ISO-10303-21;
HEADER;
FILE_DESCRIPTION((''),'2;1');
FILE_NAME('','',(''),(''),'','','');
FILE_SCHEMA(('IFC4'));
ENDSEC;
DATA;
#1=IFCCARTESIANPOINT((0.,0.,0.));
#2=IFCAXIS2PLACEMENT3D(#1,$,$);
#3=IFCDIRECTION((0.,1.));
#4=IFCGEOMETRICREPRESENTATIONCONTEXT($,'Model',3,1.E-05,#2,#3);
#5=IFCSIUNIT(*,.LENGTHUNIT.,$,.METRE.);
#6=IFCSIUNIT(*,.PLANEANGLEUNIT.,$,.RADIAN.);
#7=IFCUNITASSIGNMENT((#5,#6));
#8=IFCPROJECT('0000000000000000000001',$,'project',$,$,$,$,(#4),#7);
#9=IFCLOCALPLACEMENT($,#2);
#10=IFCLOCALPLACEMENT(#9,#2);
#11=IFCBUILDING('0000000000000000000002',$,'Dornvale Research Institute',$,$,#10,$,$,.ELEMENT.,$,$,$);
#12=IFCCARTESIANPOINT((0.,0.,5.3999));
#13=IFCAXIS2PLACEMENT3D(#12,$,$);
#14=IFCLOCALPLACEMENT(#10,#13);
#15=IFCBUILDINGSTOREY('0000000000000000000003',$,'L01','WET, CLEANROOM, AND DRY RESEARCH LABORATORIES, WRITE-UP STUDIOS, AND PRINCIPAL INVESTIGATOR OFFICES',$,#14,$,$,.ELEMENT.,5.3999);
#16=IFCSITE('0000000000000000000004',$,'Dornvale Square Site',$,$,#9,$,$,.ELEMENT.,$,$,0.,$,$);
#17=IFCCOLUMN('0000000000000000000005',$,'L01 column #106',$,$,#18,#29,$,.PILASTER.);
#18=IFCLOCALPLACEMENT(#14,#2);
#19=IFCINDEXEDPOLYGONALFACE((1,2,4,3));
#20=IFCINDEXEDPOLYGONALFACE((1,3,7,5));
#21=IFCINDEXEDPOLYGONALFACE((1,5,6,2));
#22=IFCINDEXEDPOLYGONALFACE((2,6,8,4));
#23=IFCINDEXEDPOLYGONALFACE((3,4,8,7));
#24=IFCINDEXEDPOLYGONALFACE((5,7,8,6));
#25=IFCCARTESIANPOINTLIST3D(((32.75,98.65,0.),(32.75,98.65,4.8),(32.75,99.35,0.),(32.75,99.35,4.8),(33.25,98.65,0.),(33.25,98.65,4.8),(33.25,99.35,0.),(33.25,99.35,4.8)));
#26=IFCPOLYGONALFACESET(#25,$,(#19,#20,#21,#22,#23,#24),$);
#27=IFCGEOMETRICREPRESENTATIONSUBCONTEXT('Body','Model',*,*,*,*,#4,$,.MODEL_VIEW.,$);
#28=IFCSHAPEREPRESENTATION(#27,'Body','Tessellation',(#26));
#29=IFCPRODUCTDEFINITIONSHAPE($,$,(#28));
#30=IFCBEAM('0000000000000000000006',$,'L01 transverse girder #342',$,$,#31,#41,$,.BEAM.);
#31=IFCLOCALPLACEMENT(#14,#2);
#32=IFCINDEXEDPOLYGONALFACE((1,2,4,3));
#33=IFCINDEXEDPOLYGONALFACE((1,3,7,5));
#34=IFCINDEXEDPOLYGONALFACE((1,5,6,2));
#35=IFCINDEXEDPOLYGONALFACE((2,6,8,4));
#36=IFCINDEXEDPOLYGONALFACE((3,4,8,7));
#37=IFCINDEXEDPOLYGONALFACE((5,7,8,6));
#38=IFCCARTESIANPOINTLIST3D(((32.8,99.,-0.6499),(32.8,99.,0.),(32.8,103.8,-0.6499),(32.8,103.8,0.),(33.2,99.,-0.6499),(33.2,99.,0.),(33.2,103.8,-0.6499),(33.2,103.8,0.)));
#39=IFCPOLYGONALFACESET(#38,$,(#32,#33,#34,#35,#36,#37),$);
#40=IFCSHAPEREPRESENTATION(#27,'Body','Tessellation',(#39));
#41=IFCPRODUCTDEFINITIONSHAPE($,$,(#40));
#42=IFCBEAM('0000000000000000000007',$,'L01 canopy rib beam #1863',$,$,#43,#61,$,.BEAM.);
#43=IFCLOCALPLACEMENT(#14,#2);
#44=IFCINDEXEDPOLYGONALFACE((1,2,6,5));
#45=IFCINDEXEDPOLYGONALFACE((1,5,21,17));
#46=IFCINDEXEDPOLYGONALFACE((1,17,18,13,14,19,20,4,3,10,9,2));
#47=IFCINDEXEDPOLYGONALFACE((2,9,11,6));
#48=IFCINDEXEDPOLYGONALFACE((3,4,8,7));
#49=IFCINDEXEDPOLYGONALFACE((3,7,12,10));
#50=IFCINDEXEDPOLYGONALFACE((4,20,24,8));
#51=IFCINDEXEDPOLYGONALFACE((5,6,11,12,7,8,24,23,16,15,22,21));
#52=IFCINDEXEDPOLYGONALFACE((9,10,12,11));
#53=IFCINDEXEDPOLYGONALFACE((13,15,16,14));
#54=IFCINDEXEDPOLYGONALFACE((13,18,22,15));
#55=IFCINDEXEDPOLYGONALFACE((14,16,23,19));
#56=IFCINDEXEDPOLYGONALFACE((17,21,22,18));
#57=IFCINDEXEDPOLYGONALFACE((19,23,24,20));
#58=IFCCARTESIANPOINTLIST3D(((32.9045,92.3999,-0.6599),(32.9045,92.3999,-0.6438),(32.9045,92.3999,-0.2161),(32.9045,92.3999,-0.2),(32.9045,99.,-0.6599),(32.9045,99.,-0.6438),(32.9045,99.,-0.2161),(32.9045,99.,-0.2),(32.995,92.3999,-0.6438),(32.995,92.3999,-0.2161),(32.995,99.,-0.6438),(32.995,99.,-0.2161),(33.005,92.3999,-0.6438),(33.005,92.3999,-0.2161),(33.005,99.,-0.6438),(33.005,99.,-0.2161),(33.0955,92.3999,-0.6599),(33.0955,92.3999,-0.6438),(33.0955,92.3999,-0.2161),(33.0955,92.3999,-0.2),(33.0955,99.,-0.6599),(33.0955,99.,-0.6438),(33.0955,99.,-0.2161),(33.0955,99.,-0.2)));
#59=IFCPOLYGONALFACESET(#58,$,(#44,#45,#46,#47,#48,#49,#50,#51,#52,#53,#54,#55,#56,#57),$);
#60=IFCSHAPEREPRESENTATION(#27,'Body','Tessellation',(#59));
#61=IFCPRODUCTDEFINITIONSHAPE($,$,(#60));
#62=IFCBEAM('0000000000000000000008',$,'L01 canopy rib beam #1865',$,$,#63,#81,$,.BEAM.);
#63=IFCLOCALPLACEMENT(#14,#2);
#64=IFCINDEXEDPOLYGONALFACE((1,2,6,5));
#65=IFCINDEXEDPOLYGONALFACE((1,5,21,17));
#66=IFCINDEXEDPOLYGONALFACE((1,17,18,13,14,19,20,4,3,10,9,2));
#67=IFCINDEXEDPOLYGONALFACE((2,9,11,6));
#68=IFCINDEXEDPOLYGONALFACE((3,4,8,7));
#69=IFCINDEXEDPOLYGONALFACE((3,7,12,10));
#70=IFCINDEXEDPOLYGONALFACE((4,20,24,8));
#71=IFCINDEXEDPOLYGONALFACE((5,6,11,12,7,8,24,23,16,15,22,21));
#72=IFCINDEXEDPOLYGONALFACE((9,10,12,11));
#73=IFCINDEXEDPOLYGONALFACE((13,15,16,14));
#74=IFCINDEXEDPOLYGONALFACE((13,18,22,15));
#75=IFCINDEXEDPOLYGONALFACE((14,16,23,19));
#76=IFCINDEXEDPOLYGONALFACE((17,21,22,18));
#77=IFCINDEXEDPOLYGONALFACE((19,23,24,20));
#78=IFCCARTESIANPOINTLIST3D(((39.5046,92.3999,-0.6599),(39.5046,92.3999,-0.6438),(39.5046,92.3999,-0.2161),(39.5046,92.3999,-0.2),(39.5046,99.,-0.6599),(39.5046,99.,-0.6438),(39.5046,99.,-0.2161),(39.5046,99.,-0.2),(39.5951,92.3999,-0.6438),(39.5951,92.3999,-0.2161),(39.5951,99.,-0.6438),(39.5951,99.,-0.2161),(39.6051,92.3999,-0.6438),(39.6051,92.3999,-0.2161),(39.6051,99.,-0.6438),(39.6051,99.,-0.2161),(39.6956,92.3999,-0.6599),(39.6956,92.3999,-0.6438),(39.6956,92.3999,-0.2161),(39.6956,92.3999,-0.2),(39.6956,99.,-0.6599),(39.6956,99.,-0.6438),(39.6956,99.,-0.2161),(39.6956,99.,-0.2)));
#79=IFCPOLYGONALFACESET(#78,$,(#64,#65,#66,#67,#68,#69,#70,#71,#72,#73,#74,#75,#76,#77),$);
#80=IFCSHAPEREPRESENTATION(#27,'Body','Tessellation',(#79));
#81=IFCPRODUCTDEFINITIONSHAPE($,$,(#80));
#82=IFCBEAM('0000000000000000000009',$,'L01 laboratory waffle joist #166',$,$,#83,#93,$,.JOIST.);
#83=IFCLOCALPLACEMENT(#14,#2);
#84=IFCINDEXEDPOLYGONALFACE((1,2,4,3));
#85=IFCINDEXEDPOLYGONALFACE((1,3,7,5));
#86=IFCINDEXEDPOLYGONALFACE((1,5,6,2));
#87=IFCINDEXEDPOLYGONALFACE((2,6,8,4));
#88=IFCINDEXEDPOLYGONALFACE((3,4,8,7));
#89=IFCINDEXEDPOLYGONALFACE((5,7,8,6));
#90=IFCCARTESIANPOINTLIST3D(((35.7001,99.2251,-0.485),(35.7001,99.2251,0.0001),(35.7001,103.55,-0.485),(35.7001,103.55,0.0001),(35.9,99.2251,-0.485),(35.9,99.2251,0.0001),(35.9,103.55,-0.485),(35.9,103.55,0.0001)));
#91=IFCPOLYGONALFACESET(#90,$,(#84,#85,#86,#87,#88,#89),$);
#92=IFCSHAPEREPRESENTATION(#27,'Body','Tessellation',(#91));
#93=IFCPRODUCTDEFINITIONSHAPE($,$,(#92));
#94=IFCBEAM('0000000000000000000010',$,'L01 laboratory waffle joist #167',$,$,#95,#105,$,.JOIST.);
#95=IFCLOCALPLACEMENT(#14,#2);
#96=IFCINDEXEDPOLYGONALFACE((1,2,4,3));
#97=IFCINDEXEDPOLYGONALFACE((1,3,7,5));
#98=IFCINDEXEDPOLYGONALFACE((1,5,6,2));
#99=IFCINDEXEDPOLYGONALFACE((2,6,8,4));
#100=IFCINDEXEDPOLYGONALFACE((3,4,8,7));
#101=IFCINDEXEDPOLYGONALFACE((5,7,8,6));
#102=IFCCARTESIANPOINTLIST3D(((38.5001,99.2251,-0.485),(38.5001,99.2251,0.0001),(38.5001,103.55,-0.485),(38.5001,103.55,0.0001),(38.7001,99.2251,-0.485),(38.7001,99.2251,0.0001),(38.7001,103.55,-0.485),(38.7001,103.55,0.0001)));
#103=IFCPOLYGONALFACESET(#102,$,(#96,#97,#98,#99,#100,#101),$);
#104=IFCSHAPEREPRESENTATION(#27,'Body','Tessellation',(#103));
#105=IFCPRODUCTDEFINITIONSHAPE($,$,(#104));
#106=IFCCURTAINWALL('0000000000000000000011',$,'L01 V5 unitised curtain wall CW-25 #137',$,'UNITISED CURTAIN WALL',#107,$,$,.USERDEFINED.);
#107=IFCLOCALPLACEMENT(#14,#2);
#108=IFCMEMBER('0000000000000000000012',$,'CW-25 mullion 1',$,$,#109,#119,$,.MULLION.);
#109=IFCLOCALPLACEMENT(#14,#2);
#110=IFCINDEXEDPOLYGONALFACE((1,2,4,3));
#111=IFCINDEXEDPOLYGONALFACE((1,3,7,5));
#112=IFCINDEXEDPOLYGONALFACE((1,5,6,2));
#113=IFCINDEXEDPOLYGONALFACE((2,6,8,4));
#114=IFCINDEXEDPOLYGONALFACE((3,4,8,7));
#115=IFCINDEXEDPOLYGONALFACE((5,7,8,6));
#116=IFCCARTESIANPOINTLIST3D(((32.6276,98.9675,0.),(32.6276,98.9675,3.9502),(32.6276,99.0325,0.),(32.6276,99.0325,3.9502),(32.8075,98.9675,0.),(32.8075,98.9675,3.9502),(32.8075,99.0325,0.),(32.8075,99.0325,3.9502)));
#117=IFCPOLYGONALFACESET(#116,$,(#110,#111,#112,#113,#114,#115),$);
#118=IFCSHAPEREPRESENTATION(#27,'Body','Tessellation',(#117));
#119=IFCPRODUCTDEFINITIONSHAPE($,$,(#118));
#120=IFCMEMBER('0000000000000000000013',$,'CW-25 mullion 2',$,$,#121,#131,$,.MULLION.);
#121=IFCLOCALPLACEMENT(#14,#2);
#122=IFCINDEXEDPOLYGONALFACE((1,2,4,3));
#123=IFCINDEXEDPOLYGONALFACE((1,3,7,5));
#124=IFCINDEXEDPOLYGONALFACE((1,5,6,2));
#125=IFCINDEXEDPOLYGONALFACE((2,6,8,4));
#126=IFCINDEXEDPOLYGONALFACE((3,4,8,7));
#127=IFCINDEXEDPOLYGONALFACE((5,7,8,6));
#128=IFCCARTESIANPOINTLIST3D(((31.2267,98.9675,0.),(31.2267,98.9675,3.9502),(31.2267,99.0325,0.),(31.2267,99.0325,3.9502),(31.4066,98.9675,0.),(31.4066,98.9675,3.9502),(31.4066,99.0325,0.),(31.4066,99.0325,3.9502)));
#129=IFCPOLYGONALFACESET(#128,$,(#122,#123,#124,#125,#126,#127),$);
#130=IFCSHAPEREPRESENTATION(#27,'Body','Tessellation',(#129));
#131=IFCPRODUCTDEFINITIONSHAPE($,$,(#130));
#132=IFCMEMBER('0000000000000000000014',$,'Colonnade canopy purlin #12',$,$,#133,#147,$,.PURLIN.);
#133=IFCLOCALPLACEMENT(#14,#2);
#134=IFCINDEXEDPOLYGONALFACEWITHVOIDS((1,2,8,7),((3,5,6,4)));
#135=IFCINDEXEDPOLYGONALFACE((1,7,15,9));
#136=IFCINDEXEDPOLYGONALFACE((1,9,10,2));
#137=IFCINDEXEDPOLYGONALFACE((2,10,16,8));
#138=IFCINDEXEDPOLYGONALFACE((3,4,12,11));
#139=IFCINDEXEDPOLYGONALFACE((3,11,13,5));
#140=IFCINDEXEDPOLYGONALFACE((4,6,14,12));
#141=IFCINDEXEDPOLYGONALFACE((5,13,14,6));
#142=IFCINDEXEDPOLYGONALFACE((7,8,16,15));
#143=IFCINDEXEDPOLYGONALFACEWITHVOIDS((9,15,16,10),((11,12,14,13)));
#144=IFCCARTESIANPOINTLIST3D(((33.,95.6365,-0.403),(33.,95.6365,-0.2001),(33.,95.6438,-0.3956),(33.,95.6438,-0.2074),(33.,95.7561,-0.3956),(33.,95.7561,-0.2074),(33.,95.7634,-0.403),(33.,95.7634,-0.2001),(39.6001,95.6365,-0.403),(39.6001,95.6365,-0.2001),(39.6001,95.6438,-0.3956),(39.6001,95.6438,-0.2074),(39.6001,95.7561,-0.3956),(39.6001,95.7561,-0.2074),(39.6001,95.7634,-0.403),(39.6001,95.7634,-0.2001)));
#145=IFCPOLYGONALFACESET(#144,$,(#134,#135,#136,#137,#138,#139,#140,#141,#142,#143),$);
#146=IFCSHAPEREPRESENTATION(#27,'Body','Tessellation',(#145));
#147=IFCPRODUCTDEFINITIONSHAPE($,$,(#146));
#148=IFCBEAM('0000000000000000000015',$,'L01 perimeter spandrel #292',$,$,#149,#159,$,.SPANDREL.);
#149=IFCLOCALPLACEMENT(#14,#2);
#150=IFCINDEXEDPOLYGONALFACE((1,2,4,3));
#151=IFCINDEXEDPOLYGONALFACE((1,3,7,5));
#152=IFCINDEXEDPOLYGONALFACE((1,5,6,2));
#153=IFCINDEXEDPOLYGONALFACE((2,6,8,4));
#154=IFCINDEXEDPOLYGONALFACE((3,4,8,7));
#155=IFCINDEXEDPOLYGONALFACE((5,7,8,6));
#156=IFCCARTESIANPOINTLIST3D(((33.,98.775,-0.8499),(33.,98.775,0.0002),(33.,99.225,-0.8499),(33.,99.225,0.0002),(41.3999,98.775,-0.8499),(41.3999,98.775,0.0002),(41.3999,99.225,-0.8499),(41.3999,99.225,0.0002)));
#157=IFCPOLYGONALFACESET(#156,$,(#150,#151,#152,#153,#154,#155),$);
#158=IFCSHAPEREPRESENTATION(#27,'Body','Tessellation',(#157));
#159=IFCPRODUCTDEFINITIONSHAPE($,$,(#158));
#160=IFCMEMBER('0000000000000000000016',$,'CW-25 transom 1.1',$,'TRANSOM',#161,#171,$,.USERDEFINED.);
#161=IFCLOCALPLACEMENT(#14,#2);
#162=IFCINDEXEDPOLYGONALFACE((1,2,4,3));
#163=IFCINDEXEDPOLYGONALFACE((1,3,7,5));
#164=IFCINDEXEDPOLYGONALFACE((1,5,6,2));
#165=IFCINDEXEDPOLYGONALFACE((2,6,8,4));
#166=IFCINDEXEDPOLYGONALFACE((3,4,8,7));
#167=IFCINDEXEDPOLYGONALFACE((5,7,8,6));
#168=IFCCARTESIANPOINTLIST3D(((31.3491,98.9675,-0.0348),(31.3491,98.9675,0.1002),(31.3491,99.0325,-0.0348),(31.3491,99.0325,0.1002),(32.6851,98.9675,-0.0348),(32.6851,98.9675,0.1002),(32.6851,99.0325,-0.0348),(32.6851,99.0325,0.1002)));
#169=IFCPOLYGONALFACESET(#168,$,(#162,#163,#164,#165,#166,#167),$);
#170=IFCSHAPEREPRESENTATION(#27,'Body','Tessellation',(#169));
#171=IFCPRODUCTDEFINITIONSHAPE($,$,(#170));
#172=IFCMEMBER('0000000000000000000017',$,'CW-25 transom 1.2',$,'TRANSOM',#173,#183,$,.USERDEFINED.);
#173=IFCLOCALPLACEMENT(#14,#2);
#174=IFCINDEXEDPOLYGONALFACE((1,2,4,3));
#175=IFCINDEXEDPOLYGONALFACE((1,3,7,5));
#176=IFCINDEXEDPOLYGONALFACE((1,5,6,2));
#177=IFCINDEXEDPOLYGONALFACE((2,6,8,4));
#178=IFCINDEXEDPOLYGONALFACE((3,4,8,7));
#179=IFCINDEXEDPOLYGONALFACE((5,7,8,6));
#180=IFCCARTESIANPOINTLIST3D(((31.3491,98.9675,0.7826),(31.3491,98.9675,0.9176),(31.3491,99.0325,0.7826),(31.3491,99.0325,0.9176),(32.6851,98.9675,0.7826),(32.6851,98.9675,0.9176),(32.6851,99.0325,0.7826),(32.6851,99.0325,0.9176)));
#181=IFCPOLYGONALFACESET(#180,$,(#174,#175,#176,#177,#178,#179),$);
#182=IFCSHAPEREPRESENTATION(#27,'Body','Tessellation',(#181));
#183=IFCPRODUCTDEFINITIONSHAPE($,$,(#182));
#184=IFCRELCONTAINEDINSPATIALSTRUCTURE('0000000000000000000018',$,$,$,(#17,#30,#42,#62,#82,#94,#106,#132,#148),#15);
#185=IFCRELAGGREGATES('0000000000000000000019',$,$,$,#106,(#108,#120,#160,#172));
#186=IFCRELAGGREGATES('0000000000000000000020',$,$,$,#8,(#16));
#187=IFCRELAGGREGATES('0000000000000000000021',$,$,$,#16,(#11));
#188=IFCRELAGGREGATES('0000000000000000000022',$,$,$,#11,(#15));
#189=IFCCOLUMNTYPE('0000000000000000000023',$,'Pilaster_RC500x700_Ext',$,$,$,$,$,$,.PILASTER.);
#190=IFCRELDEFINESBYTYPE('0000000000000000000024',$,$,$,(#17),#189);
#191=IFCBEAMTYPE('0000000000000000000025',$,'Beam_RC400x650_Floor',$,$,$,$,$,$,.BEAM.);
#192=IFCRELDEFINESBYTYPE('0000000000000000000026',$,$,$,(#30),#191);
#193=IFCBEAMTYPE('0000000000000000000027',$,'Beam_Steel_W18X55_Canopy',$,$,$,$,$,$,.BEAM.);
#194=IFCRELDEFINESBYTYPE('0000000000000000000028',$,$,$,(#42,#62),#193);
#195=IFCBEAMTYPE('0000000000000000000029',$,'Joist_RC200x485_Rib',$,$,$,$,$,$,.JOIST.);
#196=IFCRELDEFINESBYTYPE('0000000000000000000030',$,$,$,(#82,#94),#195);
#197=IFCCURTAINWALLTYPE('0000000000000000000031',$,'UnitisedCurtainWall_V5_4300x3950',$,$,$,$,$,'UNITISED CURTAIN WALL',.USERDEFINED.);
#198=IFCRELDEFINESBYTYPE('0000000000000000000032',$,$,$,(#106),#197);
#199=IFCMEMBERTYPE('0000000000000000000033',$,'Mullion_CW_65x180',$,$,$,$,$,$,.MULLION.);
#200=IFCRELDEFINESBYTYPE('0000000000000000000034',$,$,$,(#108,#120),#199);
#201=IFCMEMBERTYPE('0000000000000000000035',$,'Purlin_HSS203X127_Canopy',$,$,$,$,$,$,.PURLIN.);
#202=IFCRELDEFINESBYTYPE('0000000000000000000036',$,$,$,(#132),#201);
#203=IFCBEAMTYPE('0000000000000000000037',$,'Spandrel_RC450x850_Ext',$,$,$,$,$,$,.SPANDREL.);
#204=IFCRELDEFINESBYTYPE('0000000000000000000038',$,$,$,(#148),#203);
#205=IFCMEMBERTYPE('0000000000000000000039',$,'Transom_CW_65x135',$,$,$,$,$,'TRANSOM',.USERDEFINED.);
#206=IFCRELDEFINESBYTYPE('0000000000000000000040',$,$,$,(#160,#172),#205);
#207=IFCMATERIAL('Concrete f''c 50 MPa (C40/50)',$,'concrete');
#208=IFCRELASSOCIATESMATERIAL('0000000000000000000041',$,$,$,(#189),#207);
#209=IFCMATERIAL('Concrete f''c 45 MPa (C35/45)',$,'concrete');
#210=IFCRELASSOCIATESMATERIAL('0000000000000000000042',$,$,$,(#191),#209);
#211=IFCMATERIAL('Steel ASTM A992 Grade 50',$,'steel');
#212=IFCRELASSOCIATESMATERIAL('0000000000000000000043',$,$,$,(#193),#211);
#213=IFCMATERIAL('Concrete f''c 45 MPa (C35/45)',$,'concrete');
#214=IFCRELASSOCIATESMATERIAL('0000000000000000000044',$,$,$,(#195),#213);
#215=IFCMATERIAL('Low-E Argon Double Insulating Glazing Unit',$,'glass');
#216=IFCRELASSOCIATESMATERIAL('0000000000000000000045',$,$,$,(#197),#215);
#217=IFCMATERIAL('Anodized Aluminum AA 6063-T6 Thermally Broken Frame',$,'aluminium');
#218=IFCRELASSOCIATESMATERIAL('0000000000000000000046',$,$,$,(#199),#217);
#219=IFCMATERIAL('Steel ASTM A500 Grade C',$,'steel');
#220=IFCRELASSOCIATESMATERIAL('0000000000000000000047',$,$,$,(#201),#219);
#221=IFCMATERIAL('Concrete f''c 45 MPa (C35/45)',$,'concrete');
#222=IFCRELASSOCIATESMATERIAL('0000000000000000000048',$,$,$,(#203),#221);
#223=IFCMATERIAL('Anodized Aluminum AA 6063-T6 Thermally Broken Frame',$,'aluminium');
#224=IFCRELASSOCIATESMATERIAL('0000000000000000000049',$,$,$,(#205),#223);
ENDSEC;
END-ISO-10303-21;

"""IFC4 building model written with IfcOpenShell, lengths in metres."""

from ifc_helpers import new_model, si_unit, direction, frame, origin, origin_2d, place, context, subcontext, project, spatial, rectangle, hollow_rectangle, i_section, extrude, material, material_profile, profile_set, type_object, element, aggregate, save


model = new_model("IFC4")

# Units and contexts
model_context = context("Model", 3, precision=1e-05, world=origin(), true_north=direction((0.0, 1.0)))
body_context = subcontext(model_context, "Body", "Model", "MODEL_VIEW")
ifc_project = project(units=[si_unit("LENGTHUNIT", "METRE"), si_unit("PLANEANGLEUNIT", "RADIAN")], contexts=[model_context])

# Site, building, storey
site_placement = place(None, origin())
site = spatial("IfcSite", under=ifc_project, at=site_placement, Name="Dornvale Square Site", CompositionType="ELEMENT", RefElevation=0.0)
building_placement = place(site_placement, origin())
building = spatial("IfcBuilding", under=site, at=building_placement, Name="Dornvale Research Institute", CompositionType="ELEMENT")
storey_placement = place(building_placement, frame((0.0, 0.0, 5.3999)))
storey = spatial("IfcBuildingStorey", under=building, at=storey_placement, Name="L01", Description="WET, CLEANROOM, AND DRY RESEARCH LABORATORIES, WRITE-UP STUDIOS, AND PRINCIPAL INVESTIGATOR OFFICES", CompositionType="ELEMENT", Elevation=5.3999)

# Column
ifc_material_1 = material(Name="Concrete f'c 50 MPa (C40/50)", Category="concrete")
ifc_material_profile_1 = material_profile(ifc_material_1, rectangle(XDim=0.5, YDim=0.7, at=origin_2d()), Name="RC 500x700")
ifc_profile_set_1 = profile_set([ifc_material_profile_1], Name="Concrete f'c 50 MPa (C40/50)")
column_type = type_object("IfcColumnType", Name="Pilaster_RC500x700_Ext", PredefinedType="PILASTER", material=ifc_profile_set_1)
column_placement = place(storey_placement, frame((33.0, 99.0, 0.0), z_axis=(0.0, 0.0, 1.0), x_axis=(1.0, 0.0, 0.0)))
element("IfcColumn", 1, at=column_placement, inside=storey, type_object=column_type, Name="L01 column #106", PredefinedType="PILASTER", context=body_context, shape_type="SweptSolid", body=[
    extrude(rectangle(XDim=0.5, YDim=0.7, at=origin_2d()), origin(), (0.0, 0.0, 1.0), 4.8),
])

# Beams
ifc_material_2 = material(Name="Concrete f'c 45 MPa (C35/45)", Category="concrete")
ifc_material_profile_2 = material_profile(ifc_material_2, rectangle(XDim=0.3999, YDim=0.6499, at=origin_2d()), Name="RC 400x650")
ifc_profile_set_2 = profile_set([ifc_material_profile_2], Name="Concrete f'c 45 MPa (C35/45)")
beam_type_1 = type_object("IfcBeamType", Name="Beam_RC400x650_Floor", PredefinedType="BEAM", material=ifc_profile_set_2)
beam_1_placement = place(storey_placement, frame((33.0, 99.0, -0.325), z_axis=(0.0, 1.0, 0.0), x_axis=(-1.0, 0.0, 0.0)))
element("IfcBeam", 2, at=beam_1_placement, inside=storey, type_object=beam_type_1, Name="L01 transverse girder #342", PredefinedType="BEAM", context=body_context, shape_type="SweptSolid", body=[
    extrude(rectangle(XDim=0.3999, YDim=0.6499, at=origin_2d()), origin(), (0.0, 0.0, 1.0), 4.8),
])
ifc_material_3 = material(Name="Steel ASTM A992 Grade 50", Category="steel")
ifc_material_profile_3 = material_profile(ifc_material_3, i_section(OverallWidth=0.1909, OverallDepth=0.46, WebThickness=0.01, FlangeThickness=0.0161, at=origin_2d()), Name="W18X55")
ifc_profile_set_3 = profile_set([ifc_material_profile_3], Name="Steel ASTM A992 Grade 50")
beam_type_2 = type_object("IfcBeamType", Name="Beam_Steel_W18X55_Canopy", PredefinedType="BEAM", material=ifc_profile_set_3)
for number, where, z_axis, x_axis, name in (
    (3, (33.0, 92.3999, -0.4299), (0.0, 1.0, 0.0), (-1.0, 0.0, 0.0), "L01 canopy rib beam #1863"),
    (4, (39.6001, 92.3999, -0.4299), (0.0, 1.0, 0.0), (-1.0, 0.0, 0.0), "L01 canopy rib beam #1865"),
):
    element("IfcBeam", number, at=place(storey_placement, frame(where, z_axis=z_axis, x_axis=x_axis)), inside=storey, type_object=beam_type_2, Name=name, PredefinedType="BEAM", context=body_context, shape_type="SweptSolid", body=[
        extrude(i_section(OverallWidth=0.1909, OverallDepth=0.46, WebThickness=0.01, FlangeThickness=0.0161, at=origin_2d()), origin(), (0.0, 0.0, 1.0), 6.6001),
    ])
ifc_material_4 = material(Name="Concrete f'c 45 MPa (C35/45)", Category="concrete")
ifc_material_profile_4 = material_profile(ifc_material_4, rectangle(XDim=0.2, YDim=0.4851, at=origin_2d()), Name="RC 200x485")
ifc_profile_set_4 = profile_set([ifc_material_profile_4], Name="Concrete f'c 45 MPa (C35/45)")
beam_type_3 = type_object("IfcBeamType", Name="Joist_RC200x485_Rib", PredefinedType="JOIST", material=ifc_profile_set_4)
for number, where, z_axis, x_axis, name in (
    (5, (35.8, 99.2251, -0.2424), (0.0, 1.0, 0.0), (-1.0, 0.0, 0.0), "L01 laboratory waffle joist #166"),
    (6, (38.6001, 99.2251, -0.2424), (0.0, 1.0, 0.0), (-1.0, 0.0, 0.0), "L01 laboratory waffle joist #167"),
):
    element("IfcBeam", number, at=place(storey_placement, frame(where, z_axis=z_axis, x_axis=x_axis)), inside=storey, type_object=beam_type_3, Name=name, PredefinedType="JOIST", context=body_context, shape_type="SweptSolid", body=[
        extrude(rectangle(XDim=0.2, YDim=0.4851, at=origin_2d()), origin(), (0.0, 0.0, 1.0), 4.325),
    ])

# Curtain wall, members
ifc_material_5 = material(Name="Low-E Argon Double Insulating Glazing Unit", Category="glass")
curtain_wall_type = type_object("IfcCurtainWallType", Name="UnitisedCurtainWall_V5_4300x3950", ElementType="UNITISED CURTAIN WALL", PredefinedType="USERDEFINED", material=ifc_material_5)
curtain_wall_placement = place(storey_placement, origin())
curtain_wall = element("IfcCurtainWall", 7, at=curtain_wall_placement, inside=storey, type_object=curtain_wall_type, Name="L01 V5 unitised curtain wall CW-25 #137", ObjectType="UNITISED CURTAIN WALL", PredefinedType="USERDEFINED")
ifc_material_6 = material(Name="Anodized Aluminum AA 6063-T6 Thermally Broken Frame", Category="aluminium")
ifc_material_profile_5 = material_profile(ifc_material_6, rectangle(XDim=0.0649, YDim=0.1799, at=origin_2d()), Name="ALU MULLION 65x180")
ifc_profile_set_5 = profile_set([ifc_material_profile_5], Name="Anodized Aluminum AA 6063-T6 Thermally Broken Frame")
member_type_1 = type_object("IfcMemberType", Name="Mullion_CW_65x180", PredefinedType="MULLION", material=ifc_profile_set_5)
member_1_placement = place(storey_placement, frame((32.7175, 99.0, 0.0), z_axis=(0.0, 0.0, 1.0), x_axis=(0.0, -1.0, 0.0)))
member_1 = element("IfcMember", 8, at=member_1_placement, type_object=member_type_1, Name="CW-25 mullion 1", PredefinedType="MULLION", context=body_context, shape_type="SweptSolid", body=[
    extrude(rectangle(XDim=0.0649, YDim=0.1799, at=origin_2d()), origin(), (0.0, 0.0, 1.0), 3.9502),
])
member_2_placement = place(storey_placement, frame((31.3167, 99.0, 0.0), z_axis=(0.0, 0.0, 1.0), x_axis=(0.0, -1.0, 0.0)))
member_2 = element("IfcMember", 9, at=member_2_placement, type_object=member_type_1, Name="CW-25 mullion 2", PredefinedType="MULLION", context=body_context, shape_type="SweptSolid", body=[
    extrude(rectangle(XDim=0.0649, YDim=0.1799, at=origin_2d()), origin(), (0.0, 0.0, 1.0), 3.9502),
])

# Member
ifc_material_7 = material(Name="Steel ASTM A500 Grade C", Category="steel")
ifc_material_profile_6 = material_profile(ifc_material_7, hollow_rectangle(XDim=0.127, YDim=0.2029, WallThickness=0.0073, at=origin_2d()), Name="HSS203X127X7.9")
ifc_profile_set_6 = profile_set([ifc_material_profile_6], Name="Steel ASTM A500 Grade C")
member_type_2 = type_object("IfcMemberType", Name="Purlin_HSS203X127_Canopy", PredefinedType="PURLIN", material=ifc_profile_set_6)
member_3_placement = place(storey_placement, frame((33.0, 95.7, -0.3015), z_axis=(1.0, 0.0, 0.0), x_axis=(0.0, 1.0, 0.0)))
element("IfcMember", 10, at=member_3_placement, inside=storey, type_object=member_type_2, Name="Colonnade canopy purlin #12", PredefinedType="PURLIN", context=body_context, shape_type="SweptSolid", body=[
    extrude(hollow_rectangle(XDim=0.127, YDim=0.2029, WallThickness=0.0073, at=origin_2d()), origin(), (0.0, 0.0, 1.0), 6.6001),
])

# Beam
ifc_material_8 = material(Name="Concrete f'c 45 MPa (C35/45)", Category="concrete")
ifc_material_profile_7 = material_profile(ifc_material_8, rectangle(XDim=0.45, YDim=0.8501, at=origin_2d()), Name="RC 450x850")
ifc_profile_set_7 = profile_set([ifc_material_profile_7], Name="Concrete f'c 45 MPa (C35/45)")
beam_type_4 = type_object("IfcBeamType", Name="Spandrel_RC450x850_Ext", PredefinedType="SPANDREL", material=ifc_profile_set_7)
beam_2_placement = place(storey_placement, frame((33.0, 99.0, -0.4248), z_axis=(1.0, 0.0, 0.0), x_axis=(0.0, 1.0, 0.0)))
element("IfcBeam", 11, at=beam_2_placement, inside=storey, type_object=beam_type_4, Name="L01 perimeter spandrel #292", PredefinedType="SPANDREL", context=body_context, shape_type="SweptSolid", body=[
    extrude(rectangle(XDim=0.45, YDim=0.8501, at=origin_2d()), origin(), (0.0, 0.0, 1.0), 8.3999),
])

# Members
ifc_material_9 = material(Name="Anodized Aluminum AA 6063-T6 Thermally Broken Frame", Category="aluminium")
ifc_material_profile_8 = material_profile(ifc_material_9, rectangle(XDim=0.0649, YDim=0.135, at=origin_2d()), Name="ALU TRANSOM 65x135")
ifc_profile_set_8 = profile_set([ifc_material_profile_8], Name="Anodized Aluminum AA 6063-T6 Thermally Broken Frame")
member_type_3 = type_object("IfcMemberType", Name="Transom_CW_65x135", ElementType="TRANSOM", PredefinedType="USERDEFINED", material=ifc_profile_set_8)
member_4_placement = place(storey_placement, frame((32.6851, 99.0, 0.0327), z_axis=(-1.0, 0.0, 0.0), x_axis=(0.0, -1.0, 0.0)))
member_4 = element("IfcMember", 12, at=member_4_placement, type_object=member_type_3, Name="CW-25 transom 1.1", ObjectType="TRANSOM", PredefinedType="USERDEFINED", context=body_context, shape_type="SweptSolid", body=[
    extrude(rectangle(XDim=0.0649, YDim=0.135, at=origin_2d()), origin(), (0.0, 0.0, 1.0), 1.3359),
])
member_5_placement = place(storey_placement, frame((32.6851, 99.0, 0.8501), z_axis=(-1.0, 0.0, 0.0), x_axis=(0.0, -1.0, 0.0)))
member_5 = element("IfcMember", 13, at=member_5_placement, type_object=member_type_3, Name="CW-25 transom 1.2", ObjectType="TRANSOM", PredefinedType="USERDEFINED", context=body_context, shape_type="SweptSolid", body=[
    extrude(rectangle(XDim=0.0649, YDim=0.135, at=origin_2d()), origin(), (0.0, 0.0, 1.0), 1.3359),
])

aggregate(curtain_wall, [member_1, member_2, member_4, member_5])

save(model, "model.ifc")
